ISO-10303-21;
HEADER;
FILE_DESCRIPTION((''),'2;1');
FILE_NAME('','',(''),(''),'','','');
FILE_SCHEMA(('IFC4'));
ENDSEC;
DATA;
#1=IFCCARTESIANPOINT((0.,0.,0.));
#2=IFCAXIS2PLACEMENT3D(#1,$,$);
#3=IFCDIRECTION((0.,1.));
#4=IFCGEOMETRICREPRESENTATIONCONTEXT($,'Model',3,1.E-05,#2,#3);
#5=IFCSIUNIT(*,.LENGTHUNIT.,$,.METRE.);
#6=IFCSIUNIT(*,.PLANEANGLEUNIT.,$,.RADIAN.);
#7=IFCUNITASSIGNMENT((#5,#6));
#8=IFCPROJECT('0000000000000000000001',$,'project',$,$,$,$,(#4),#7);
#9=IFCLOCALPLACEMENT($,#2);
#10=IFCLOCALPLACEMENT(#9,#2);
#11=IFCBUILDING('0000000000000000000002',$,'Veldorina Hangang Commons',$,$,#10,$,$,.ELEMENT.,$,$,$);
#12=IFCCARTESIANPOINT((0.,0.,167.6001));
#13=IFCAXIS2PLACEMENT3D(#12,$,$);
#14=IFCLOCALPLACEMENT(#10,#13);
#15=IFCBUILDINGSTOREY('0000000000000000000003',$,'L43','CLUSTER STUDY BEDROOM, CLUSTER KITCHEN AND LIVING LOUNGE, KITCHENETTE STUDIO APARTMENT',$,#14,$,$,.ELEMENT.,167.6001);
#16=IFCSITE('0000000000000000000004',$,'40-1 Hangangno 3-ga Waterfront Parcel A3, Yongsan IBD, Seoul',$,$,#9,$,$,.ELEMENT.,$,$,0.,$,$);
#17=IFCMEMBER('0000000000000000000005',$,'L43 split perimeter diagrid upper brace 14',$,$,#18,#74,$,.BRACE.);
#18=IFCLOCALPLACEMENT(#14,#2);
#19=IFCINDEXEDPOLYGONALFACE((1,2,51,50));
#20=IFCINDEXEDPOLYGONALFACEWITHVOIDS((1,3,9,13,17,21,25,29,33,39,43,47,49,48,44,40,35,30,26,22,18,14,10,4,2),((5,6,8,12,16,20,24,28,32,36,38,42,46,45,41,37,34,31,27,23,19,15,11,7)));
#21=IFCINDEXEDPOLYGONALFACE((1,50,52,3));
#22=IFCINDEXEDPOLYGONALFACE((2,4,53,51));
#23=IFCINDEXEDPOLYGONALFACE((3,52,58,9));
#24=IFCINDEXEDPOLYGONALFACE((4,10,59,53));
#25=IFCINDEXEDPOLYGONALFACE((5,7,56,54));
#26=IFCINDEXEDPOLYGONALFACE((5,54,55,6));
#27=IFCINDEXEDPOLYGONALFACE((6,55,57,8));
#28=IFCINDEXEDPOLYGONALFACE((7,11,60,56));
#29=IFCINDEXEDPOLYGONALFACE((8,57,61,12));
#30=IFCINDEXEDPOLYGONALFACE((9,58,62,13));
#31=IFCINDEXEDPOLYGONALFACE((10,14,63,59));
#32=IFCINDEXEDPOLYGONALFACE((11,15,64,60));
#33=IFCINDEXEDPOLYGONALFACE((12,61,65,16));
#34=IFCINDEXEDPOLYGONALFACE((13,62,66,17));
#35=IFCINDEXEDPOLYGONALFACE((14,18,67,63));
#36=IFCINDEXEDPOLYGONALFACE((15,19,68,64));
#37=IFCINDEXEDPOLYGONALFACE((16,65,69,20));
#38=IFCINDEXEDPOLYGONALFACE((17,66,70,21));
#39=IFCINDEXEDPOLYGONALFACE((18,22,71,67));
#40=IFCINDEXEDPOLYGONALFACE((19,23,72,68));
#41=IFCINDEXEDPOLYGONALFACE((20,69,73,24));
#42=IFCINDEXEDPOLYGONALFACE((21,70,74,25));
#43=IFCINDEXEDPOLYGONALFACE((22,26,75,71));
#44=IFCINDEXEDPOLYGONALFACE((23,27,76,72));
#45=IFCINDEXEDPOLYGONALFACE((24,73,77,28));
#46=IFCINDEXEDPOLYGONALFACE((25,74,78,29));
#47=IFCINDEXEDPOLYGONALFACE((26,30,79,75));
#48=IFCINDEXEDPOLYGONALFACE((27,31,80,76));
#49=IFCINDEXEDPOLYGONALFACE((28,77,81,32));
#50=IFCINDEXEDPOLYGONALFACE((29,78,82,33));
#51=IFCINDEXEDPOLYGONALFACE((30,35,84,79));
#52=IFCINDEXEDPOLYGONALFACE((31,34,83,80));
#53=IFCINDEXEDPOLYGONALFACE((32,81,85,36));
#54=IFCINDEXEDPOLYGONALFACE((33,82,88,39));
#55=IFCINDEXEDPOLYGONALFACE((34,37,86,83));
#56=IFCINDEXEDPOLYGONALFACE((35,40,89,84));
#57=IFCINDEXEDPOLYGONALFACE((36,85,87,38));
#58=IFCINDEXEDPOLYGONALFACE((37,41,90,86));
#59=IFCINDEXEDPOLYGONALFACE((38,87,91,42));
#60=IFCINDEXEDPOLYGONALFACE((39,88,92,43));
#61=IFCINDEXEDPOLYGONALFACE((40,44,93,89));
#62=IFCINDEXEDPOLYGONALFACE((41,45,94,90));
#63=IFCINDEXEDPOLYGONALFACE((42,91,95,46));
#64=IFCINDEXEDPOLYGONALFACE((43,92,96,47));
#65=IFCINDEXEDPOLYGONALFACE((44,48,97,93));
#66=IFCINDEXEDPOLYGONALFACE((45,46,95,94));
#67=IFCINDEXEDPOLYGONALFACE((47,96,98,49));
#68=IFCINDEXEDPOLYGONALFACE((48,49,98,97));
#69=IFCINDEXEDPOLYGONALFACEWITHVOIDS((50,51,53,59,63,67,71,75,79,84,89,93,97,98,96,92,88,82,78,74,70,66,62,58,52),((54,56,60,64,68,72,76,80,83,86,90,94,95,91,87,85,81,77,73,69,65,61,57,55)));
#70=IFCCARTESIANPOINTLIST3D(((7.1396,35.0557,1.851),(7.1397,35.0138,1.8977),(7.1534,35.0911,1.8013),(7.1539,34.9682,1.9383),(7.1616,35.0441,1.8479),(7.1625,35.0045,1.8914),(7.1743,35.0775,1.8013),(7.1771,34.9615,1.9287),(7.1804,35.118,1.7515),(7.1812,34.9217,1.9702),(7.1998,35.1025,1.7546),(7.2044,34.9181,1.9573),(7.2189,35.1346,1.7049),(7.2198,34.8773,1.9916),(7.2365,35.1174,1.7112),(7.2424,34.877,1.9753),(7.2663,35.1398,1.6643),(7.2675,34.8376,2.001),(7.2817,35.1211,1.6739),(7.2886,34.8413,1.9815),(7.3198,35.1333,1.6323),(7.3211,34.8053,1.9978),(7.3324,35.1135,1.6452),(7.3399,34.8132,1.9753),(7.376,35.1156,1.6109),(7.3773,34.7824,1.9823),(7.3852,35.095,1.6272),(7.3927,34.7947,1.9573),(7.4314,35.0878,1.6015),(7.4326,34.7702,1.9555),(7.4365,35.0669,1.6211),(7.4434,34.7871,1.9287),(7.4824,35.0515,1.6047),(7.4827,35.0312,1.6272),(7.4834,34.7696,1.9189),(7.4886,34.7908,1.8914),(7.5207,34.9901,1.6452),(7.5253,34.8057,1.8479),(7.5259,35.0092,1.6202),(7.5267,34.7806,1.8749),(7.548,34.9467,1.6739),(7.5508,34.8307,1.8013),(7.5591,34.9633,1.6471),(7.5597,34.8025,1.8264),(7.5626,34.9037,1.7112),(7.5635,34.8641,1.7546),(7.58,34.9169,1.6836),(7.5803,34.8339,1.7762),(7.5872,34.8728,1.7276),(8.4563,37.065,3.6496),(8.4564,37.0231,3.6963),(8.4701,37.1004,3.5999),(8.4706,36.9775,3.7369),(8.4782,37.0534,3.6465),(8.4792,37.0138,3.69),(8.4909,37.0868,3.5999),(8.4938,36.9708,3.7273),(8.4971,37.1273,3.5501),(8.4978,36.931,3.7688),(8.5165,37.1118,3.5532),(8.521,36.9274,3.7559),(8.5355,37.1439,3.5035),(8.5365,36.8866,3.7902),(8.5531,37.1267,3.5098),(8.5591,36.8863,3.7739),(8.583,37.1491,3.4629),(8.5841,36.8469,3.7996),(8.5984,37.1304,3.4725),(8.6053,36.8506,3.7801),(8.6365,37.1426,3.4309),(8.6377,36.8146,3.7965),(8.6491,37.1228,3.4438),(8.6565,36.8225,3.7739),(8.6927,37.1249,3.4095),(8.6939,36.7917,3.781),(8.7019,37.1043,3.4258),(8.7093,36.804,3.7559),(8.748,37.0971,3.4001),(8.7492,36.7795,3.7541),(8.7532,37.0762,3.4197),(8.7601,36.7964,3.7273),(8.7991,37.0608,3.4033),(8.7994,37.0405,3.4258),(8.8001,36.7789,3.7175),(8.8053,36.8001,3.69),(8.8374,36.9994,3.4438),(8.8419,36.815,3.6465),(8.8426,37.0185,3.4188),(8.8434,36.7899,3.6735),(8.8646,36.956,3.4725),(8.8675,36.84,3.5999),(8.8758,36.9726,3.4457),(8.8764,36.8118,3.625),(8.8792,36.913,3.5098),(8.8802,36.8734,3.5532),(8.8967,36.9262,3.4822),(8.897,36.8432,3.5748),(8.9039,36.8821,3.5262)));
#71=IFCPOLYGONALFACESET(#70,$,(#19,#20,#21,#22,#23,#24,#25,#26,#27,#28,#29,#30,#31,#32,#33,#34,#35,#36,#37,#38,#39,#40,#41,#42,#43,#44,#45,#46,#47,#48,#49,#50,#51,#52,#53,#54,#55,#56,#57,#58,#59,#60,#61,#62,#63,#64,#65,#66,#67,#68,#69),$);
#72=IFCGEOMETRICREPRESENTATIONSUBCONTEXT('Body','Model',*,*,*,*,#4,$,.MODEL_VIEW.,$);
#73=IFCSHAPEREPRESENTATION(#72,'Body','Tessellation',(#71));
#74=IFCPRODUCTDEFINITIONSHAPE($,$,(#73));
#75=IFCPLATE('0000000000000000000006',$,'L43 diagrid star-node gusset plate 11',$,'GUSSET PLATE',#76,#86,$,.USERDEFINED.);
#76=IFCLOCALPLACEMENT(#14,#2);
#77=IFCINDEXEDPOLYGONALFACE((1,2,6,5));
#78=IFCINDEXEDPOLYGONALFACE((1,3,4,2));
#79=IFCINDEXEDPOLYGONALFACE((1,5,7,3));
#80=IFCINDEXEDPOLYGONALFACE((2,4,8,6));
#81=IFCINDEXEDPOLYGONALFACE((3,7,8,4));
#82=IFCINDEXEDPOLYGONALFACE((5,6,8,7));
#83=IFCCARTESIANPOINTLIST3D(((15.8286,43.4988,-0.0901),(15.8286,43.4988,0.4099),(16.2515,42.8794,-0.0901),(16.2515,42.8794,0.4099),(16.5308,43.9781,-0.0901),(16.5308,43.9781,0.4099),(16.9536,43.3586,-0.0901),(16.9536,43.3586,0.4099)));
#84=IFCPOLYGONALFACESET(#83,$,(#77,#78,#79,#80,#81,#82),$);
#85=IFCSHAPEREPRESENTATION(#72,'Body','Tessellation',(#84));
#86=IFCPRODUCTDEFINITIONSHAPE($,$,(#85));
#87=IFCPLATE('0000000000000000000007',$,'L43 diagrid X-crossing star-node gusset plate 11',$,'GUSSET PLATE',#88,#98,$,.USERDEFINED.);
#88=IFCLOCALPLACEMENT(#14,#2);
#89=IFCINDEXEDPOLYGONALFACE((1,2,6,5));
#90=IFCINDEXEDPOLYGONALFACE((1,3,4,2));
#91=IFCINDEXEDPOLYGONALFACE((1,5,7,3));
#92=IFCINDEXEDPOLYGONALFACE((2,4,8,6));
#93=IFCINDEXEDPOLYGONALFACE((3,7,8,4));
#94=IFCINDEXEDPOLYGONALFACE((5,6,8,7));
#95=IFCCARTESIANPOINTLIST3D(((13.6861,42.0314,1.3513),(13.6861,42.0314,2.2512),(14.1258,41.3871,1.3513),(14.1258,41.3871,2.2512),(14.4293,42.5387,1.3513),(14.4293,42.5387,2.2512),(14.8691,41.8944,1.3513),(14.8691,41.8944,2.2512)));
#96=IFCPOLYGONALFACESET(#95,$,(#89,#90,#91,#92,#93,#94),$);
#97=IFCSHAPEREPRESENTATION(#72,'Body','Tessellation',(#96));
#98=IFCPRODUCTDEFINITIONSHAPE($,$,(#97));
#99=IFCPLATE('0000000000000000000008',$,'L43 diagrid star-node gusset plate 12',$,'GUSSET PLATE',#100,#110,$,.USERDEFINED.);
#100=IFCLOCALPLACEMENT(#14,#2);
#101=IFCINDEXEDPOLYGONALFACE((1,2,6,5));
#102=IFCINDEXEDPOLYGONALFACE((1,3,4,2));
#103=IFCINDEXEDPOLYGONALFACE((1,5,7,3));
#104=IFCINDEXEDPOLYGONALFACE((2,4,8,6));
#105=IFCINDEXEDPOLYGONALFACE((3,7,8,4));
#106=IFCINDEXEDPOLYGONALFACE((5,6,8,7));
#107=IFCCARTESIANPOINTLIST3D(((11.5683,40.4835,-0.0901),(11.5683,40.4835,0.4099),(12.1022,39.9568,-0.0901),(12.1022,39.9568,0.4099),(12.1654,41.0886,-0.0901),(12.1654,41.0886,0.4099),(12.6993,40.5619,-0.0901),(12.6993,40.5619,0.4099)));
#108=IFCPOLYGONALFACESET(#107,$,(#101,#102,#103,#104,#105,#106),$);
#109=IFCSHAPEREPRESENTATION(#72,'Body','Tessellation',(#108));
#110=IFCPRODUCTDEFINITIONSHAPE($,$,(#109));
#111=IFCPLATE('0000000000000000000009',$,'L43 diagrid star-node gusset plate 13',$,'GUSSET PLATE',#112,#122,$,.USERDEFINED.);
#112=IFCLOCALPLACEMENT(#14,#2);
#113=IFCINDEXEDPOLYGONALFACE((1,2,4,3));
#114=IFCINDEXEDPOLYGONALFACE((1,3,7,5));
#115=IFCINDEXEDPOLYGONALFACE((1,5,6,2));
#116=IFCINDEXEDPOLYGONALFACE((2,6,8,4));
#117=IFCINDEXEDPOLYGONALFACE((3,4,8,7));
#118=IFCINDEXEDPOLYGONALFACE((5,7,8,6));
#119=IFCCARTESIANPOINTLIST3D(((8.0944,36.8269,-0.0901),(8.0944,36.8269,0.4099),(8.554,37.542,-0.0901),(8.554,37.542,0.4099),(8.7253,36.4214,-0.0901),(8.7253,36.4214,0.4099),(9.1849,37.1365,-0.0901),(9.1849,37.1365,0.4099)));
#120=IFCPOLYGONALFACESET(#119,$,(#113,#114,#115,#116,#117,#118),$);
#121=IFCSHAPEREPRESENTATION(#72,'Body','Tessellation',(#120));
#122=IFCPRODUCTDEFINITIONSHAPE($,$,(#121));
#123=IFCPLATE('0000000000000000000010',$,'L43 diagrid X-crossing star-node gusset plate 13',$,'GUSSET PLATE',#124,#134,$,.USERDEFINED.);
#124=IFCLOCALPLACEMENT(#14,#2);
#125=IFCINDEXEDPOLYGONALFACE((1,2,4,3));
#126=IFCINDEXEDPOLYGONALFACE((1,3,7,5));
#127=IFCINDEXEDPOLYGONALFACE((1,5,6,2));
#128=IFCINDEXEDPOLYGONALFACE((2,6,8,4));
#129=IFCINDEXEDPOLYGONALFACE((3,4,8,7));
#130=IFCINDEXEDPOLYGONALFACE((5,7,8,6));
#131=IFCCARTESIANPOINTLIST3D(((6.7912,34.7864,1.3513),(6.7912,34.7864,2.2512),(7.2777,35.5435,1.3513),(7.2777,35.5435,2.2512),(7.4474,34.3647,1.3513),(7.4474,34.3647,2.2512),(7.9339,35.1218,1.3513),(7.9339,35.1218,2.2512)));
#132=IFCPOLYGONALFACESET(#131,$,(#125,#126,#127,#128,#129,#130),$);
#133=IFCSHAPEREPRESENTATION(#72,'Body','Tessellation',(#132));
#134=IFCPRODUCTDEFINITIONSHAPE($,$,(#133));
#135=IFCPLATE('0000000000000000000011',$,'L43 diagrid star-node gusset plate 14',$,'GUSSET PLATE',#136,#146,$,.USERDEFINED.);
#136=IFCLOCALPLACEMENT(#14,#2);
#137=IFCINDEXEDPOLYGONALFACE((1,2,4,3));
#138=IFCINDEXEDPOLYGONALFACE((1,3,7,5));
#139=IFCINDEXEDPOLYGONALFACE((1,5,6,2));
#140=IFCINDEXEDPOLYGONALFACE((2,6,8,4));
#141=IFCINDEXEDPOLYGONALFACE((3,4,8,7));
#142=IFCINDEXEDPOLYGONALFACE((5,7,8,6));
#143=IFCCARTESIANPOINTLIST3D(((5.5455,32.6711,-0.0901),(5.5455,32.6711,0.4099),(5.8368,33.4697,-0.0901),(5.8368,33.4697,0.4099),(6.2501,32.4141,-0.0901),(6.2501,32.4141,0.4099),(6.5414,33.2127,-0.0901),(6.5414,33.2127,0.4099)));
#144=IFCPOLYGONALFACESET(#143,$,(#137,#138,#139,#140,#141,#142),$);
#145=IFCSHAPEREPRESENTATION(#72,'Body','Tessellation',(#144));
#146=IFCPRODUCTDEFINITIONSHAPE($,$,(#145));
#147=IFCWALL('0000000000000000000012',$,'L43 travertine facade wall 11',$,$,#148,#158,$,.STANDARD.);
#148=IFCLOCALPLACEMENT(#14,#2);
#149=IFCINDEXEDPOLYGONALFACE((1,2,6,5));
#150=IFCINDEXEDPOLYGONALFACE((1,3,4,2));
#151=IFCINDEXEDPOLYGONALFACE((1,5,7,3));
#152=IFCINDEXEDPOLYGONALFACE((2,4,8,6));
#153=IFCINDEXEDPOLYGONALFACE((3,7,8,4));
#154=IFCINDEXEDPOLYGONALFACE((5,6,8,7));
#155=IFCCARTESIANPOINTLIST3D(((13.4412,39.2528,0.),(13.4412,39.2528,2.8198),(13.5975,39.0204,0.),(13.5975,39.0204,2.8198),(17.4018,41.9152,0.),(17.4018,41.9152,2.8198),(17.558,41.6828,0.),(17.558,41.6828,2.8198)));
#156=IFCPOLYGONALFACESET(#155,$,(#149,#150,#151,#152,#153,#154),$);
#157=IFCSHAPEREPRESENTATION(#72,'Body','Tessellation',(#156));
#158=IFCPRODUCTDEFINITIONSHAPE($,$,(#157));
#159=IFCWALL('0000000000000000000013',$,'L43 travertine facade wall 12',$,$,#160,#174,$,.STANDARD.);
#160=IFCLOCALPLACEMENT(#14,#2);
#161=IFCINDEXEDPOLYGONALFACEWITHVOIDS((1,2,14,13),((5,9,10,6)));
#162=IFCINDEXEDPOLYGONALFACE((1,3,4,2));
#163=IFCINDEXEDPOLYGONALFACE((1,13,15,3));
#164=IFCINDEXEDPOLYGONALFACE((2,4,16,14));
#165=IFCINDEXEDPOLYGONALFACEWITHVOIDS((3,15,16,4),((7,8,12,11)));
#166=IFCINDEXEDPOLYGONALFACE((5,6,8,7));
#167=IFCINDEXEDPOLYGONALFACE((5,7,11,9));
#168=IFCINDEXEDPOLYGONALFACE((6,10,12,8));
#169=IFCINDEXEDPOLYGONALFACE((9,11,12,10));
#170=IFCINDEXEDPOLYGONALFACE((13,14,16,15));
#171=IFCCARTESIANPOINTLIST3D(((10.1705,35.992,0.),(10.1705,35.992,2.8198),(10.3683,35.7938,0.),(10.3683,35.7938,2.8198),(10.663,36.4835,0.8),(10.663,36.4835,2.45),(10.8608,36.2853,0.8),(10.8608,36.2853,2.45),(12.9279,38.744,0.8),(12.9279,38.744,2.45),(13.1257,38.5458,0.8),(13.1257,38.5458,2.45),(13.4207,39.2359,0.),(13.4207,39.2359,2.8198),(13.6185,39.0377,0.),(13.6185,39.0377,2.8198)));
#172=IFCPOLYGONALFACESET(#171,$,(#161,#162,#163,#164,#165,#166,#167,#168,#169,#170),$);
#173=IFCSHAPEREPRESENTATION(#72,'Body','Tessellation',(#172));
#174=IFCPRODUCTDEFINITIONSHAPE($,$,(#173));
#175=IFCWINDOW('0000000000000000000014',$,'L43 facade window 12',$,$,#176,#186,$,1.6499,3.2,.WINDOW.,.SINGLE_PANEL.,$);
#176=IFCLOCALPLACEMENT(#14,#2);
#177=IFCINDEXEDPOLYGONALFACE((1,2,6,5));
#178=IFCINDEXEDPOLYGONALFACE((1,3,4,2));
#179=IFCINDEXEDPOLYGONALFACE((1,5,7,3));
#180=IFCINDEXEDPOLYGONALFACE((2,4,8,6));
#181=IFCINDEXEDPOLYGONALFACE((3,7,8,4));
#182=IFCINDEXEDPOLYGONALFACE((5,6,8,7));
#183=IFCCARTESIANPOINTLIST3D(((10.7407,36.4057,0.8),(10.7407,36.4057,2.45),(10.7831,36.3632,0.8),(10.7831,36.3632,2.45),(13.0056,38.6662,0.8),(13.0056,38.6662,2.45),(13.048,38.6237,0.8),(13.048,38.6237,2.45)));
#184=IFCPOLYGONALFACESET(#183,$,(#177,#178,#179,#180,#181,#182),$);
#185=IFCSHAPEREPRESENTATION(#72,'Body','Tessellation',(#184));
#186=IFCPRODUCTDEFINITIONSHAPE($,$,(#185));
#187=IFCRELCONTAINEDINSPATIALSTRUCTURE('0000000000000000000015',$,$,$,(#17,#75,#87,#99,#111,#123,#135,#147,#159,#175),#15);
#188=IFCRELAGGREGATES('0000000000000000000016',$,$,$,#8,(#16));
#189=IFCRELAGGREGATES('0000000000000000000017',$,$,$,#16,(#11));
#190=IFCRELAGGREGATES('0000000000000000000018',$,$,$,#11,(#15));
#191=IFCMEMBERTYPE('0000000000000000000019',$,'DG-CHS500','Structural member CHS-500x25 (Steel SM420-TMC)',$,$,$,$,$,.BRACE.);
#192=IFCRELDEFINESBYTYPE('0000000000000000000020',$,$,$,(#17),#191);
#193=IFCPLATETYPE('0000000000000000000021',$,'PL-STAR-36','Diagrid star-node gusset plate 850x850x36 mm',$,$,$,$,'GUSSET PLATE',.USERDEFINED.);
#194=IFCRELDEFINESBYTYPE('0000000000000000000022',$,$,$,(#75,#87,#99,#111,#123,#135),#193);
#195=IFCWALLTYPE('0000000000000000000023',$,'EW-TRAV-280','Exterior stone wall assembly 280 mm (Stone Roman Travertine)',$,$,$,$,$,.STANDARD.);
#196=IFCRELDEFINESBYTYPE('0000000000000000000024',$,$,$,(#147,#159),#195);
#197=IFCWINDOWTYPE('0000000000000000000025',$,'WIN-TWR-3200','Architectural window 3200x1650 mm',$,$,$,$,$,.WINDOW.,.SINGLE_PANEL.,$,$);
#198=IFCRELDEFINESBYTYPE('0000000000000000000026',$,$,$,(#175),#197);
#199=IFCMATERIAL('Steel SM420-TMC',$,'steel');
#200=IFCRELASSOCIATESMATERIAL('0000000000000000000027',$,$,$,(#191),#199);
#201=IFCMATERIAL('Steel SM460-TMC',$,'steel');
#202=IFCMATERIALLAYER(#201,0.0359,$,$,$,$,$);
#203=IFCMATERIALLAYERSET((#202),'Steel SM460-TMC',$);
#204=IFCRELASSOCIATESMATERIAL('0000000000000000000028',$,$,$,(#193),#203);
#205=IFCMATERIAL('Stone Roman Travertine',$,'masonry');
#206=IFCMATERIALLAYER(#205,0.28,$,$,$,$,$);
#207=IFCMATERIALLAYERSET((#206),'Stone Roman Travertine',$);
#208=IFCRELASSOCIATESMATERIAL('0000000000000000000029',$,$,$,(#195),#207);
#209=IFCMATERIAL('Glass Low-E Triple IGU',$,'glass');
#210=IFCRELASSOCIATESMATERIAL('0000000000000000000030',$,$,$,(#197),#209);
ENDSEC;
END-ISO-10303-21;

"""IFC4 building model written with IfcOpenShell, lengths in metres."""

from ifc_helpers import new_model, si_unit, direction, frame, frame_2d, origin, origin_2d, place, context, subcontext, project, spatial, rectangle, hollow_circle, extrude, material, layer, layer_set, material_profile, profile_set, type_object, element, fill, save


model = new_model("IFC4")

# Units and contexts
model_context = context("Model", 3, precision=1e-05, world=origin(), true_north=direction((0.0, 1.0)))
body_context = subcontext(model_context, "Body", "Model", "MODEL_VIEW")
ifc_project = project(units=[si_unit("LENGTHUNIT", "METRE"), si_unit("PLANEANGLEUNIT", "RADIAN")], contexts=[model_context])

# Site, building, storey
site_placement = place(None, origin())
site = spatial("IfcSite", under=ifc_project, at=site_placement, Name="40-1 Hangangno 3-ga Waterfront Parcel A3, Yongsan IBD, Seoul", CompositionType="ELEMENT", RefElevation=0.0)
building_placement = place(site_placement, origin())
building = spatial("IfcBuilding", under=site, at=building_placement, Name="Veldorina Hangang Commons", CompositionType="ELEMENT")
storey_placement = place(building_placement, frame((0.0, 0.0, 167.6001)))
storey = spatial("IfcBuildingStorey", under=building, at=storey_placement, Name="L43", Description="CLUSTER STUDY BEDROOM, CLUSTER KITCHEN AND LIVING LOUNGE, KITCHENETTE STUDIO APARTMENT", CompositionType="ELEMENT", Elevation=167.6001)

# Shared definitions
ifc_material_1 = material(Name="Steel SM420-TMC", Category="steel")

# Member
ifc_material_profile_1 = material_profile(ifc_material_1, hollow_circle(Radius=0.25, WallThickness=0.0249, at=origin_2d()), Name="CHS-500x25")
ifc_profile_set_1 = profile_set([ifc_material_profile_1], Name="Steel SM420-TMC")
member_type = type_object("IfcMemberType", Name="DG-CHS500", Description="Structural member CHS-500x25 (Steel SM420-TMC)", PredefinedType="BRACE", material=ifc_profile_set_1)
member_1_placement = place(storey_placement, frame((7.3625, 34.9541, 1.8013), z_axis=(0.438745, 0.669548, 0.599339), x_axis=(-0.836418, 0.548092, 0.0)))
element("IfcMember", 1, at=member_1_placement, inside=storey, type_object=member_type, Name="L43 split perimeter diagrid upper brace 14", PredefinedType="BRACE", context=body_context, shape_type="SweptSolid", body=[
    extrude(hollow_circle(Radius=0.25, WallThickness=0.0249, at=origin_2d()), origin(), (0.0, 0.0, 1.0), 3.001),
])

# Plates
ifc_material_2 = material(Name="Steel SM460-TMC", Category="steel")
ifc_layer_1 = layer(ifc_material_2, 0.0359)
ifc_layer_set_1 = layer_set([ifc_layer_1], Name="Steel SM460-TMC")
plate_type = type_object("IfcPlateType", Name="PL-STAR-36", Description="Diagrid star-node gusset plate 850x850x36 mm", ElementType="GUSSET PLATE", PredefinedType="USERDEFINED", material=ifc_layer_set_1)
plate_1_placement = place(storey_placement, frame((16.3911, 43.4287, -0.0901), z_axis=(0.0, 0.0, 1.0), x_axis=(-0.825941, -0.563757, 0.0)))
element("IfcPlate", 2, at=plate_1_placement, inside=storey, type_object=plate_type, Name="L43 diagrid star-node gusset plate 11", ObjectType="GUSSET PLATE", PredefinedType="USERDEFINED", context=body_context, shape_type="SweptSolid", body=[
    extrude(rectangle(XDim=0.8501, YDim=0.75, at=origin_2d()), origin(), (0.0, 0.0, 1.0), 0.5),
])
plate_2_placement = place(storey_placement, frame((14.2776, 41.9629, 1.3513), z_axis=(0.0, 0.0, 1.0), x_axis=(-0.825941, -0.563757, 0.0)))
element("IfcPlate", 3, at=plate_2_placement, inside=storey, type_object=plate_type, Name="L43 diagrid X-crossing star-node gusset plate 11", ObjectType="GUSSET PLATE", PredefinedType="USERDEFINED", context=body_context, shape_type="SweptSolid", body=[
    extrude(rectangle(XDim=0.8999, YDim=0.78, at=origin_2d()), origin(), (0.0, 0.0, 1.0), 0.8999),
])
for number, where, z_axis, x_axis, name in (
    (4, (12.1338, 40.5227, -0.0901), (0.0, 0.0, 1.0), (-0.702364, -0.711818, 0.0), "L43 diagrid star-node gusset plate 12"),
    (5, (8.6396, 36.9817, -0.0901), (0.0, 0.0, 1.0), (-0.540651, -0.841247, 0.0), "L43 diagrid star-node gusset plate 13"),
):
    element("IfcPlate", number, at=place(storey_placement, frame(where, z_axis=z_axis, x_axis=x_axis)), inside=storey, type_object=plate_type, Name=name, ObjectType="GUSSET PLATE", PredefinedType="USERDEFINED", context=body_context, shape_type="SweptSolid", body=[
        extrude(rectangle(XDim=0.8501, YDim=0.75, at=origin_2d()), origin(), (0.0, 0.0, 1.0), 0.5),
    ])
plate_3_placement = place(storey_placement, frame((7.3625, 34.9541, 1.3513), z_axis=(0.0, 0.0, 1.0), x_axis=(-0.540651, -0.841247, 0.0)))
element("IfcPlate", 6, at=plate_3_placement, inside=storey, type_object=plate_type, Name="L43 diagrid X-crossing star-node gusset plate 13", ObjectType="GUSSET PLATE", PredefinedType="USERDEFINED", context=body_context, shape_type="SweptSolid", body=[
    extrude(rectangle(XDim=0.8999, YDim=0.78, at=origin_2d()), origin(), (0.0, 0.0, 1.0), 0.8999),
])
plate_4_placement = place(storey_placement, frame((6.0435, 32.9419, -0.0901), z_axis=(0.0, 0.0, 1.0), x_axis=(-0.34266, -0.93946, 0.0)))
element("IfcPlate", 7, at=plate_4_placement, inside=storey, type_object=plate_type, Name="L43 diagrid star-node gusset plate 14", ObjectType="GUSSET PLATE", PredefinedType="USERDEFINED", context=body_context, shape_type="SweptSolid", body=[
    extrude(rectangle(XDim=0.8501, YDim=0.75, at=origin_2d()), origin(), (0.0, 0.0, 1.0), 0.5),
])

# Wall
ifc_material_3 = material(Name="Stone Roman Travertine", Category="masonry")
ifc_layer_2 = layer(ifc_material_3, 0.28)
ifc_layer_set_2 = layer_set([ifc_layer_2], Name="Stone Roman Travertine")
wall_type_1 = type_object("IfcWallType", Name="EW-TRAV-280", Description="Exterior stone wall assembly 280 mm (Stone Roman Travertine)", PredefinedType="STANDARD", material=ifc_layer_set_2)
wall_1_placement = place(storey_placement, frame((17.48, 41.7991, 0.0), z_axis=(0.0, 0.0, 1.0), x_axis=(-0.829911, -0.557896, 0.0)))
element("IfcWall", 8, at=wall_1_placement, inside=storey, type_object=wall_type_1, Name="L43 travertine facade wall 11", PredefinedType="STANDARD", context=body_context, shape_type="SweptSolid", body=[
    extrude(rectangle(XDim=4.7722, YDim=0.28, at=frame_2d((2.3862, 0.0))), origin(), (0.0, 0.0, 1.0), 2.8198),
])

# Wall, opening, window
wall_2_placement = place(storey_placement, frame((13.5195, 39.1367, 0.0), z_axis=(0.0, 0.0, 1.0), x_axis=(-0.707798, -0.706415, 0.0)))
wall_2 = element("IfcWall", 9, at=wall_2_placement, inside=storey, type_object=wall_type_1, Name="L43 travertine facade wall 12", PredefinedType="STANDARD", context=body_context, shape_type="SweptSolid", body=[
    extrude(rectangle(XDim=4.592, YDim=0.28, at=frame_2d((2.2959, 0.0))), origin(), (0.0, 0.0, 1.0), 2.8198),
])
opening_1_placement = place(wall_2_placement, frame((0.696, 0.0, 0.8)))
opening_1 = element("IfcOpeningElement", 10, at=opening_1_placement, cuts=wall_2, PredefinedType="OPENING", context=body_context, shape_type="SweptSolid", body=[
    extrude(rectangle(XDim=3.2, YDim=1.6499, at=frame_2d((1.6001, 0.825))), frame((0.0, 0.1499, 0.0), z_axis=(0.0, -1.0, 0.0), x_axis=(1.0, 0.0, 0.0)), (0.0, 0.0, 1.0), 0.3),
])
ifc_material_4 = material(Name="Glass Low-E Triple IGU", Category="glass")
window_type = type_object("IfcWindowType", Name="WIN-TWR-3200", Description="Architectural window 3200x1650 mm", PartitioningType="SINGLE_PANEL", PredefinedType="WINDOW", material=ifc_material_4)
window_1_placement = place(opening_1_placement, origin())
window_1 = element("IfcWindow", 11, at=window_1_placement, inside=storey, type_object=window_type, Name="L43 facade window 12", OverallHeight=1.6499, OverallWidth=3.2, PartitioningType="SINGLE_PANEL", PredefinedType="WINDOW", context=body_context, shape_type="SweptSolid", body=[
    extrude(rectangle(XDim=3.2, YDim=1.6499, at=frame_2d((1.6001, 0.825))), frame((0.0, 0.03, 0.0), z_axis=(0.0, -1.0, 0.0), x_axis=(1.0, 0.0, 0.0)), (0.0, 0.0, 1.0), 0.0601),
])
fill(opening_1, window_1)

save(model, "model.ifc")
